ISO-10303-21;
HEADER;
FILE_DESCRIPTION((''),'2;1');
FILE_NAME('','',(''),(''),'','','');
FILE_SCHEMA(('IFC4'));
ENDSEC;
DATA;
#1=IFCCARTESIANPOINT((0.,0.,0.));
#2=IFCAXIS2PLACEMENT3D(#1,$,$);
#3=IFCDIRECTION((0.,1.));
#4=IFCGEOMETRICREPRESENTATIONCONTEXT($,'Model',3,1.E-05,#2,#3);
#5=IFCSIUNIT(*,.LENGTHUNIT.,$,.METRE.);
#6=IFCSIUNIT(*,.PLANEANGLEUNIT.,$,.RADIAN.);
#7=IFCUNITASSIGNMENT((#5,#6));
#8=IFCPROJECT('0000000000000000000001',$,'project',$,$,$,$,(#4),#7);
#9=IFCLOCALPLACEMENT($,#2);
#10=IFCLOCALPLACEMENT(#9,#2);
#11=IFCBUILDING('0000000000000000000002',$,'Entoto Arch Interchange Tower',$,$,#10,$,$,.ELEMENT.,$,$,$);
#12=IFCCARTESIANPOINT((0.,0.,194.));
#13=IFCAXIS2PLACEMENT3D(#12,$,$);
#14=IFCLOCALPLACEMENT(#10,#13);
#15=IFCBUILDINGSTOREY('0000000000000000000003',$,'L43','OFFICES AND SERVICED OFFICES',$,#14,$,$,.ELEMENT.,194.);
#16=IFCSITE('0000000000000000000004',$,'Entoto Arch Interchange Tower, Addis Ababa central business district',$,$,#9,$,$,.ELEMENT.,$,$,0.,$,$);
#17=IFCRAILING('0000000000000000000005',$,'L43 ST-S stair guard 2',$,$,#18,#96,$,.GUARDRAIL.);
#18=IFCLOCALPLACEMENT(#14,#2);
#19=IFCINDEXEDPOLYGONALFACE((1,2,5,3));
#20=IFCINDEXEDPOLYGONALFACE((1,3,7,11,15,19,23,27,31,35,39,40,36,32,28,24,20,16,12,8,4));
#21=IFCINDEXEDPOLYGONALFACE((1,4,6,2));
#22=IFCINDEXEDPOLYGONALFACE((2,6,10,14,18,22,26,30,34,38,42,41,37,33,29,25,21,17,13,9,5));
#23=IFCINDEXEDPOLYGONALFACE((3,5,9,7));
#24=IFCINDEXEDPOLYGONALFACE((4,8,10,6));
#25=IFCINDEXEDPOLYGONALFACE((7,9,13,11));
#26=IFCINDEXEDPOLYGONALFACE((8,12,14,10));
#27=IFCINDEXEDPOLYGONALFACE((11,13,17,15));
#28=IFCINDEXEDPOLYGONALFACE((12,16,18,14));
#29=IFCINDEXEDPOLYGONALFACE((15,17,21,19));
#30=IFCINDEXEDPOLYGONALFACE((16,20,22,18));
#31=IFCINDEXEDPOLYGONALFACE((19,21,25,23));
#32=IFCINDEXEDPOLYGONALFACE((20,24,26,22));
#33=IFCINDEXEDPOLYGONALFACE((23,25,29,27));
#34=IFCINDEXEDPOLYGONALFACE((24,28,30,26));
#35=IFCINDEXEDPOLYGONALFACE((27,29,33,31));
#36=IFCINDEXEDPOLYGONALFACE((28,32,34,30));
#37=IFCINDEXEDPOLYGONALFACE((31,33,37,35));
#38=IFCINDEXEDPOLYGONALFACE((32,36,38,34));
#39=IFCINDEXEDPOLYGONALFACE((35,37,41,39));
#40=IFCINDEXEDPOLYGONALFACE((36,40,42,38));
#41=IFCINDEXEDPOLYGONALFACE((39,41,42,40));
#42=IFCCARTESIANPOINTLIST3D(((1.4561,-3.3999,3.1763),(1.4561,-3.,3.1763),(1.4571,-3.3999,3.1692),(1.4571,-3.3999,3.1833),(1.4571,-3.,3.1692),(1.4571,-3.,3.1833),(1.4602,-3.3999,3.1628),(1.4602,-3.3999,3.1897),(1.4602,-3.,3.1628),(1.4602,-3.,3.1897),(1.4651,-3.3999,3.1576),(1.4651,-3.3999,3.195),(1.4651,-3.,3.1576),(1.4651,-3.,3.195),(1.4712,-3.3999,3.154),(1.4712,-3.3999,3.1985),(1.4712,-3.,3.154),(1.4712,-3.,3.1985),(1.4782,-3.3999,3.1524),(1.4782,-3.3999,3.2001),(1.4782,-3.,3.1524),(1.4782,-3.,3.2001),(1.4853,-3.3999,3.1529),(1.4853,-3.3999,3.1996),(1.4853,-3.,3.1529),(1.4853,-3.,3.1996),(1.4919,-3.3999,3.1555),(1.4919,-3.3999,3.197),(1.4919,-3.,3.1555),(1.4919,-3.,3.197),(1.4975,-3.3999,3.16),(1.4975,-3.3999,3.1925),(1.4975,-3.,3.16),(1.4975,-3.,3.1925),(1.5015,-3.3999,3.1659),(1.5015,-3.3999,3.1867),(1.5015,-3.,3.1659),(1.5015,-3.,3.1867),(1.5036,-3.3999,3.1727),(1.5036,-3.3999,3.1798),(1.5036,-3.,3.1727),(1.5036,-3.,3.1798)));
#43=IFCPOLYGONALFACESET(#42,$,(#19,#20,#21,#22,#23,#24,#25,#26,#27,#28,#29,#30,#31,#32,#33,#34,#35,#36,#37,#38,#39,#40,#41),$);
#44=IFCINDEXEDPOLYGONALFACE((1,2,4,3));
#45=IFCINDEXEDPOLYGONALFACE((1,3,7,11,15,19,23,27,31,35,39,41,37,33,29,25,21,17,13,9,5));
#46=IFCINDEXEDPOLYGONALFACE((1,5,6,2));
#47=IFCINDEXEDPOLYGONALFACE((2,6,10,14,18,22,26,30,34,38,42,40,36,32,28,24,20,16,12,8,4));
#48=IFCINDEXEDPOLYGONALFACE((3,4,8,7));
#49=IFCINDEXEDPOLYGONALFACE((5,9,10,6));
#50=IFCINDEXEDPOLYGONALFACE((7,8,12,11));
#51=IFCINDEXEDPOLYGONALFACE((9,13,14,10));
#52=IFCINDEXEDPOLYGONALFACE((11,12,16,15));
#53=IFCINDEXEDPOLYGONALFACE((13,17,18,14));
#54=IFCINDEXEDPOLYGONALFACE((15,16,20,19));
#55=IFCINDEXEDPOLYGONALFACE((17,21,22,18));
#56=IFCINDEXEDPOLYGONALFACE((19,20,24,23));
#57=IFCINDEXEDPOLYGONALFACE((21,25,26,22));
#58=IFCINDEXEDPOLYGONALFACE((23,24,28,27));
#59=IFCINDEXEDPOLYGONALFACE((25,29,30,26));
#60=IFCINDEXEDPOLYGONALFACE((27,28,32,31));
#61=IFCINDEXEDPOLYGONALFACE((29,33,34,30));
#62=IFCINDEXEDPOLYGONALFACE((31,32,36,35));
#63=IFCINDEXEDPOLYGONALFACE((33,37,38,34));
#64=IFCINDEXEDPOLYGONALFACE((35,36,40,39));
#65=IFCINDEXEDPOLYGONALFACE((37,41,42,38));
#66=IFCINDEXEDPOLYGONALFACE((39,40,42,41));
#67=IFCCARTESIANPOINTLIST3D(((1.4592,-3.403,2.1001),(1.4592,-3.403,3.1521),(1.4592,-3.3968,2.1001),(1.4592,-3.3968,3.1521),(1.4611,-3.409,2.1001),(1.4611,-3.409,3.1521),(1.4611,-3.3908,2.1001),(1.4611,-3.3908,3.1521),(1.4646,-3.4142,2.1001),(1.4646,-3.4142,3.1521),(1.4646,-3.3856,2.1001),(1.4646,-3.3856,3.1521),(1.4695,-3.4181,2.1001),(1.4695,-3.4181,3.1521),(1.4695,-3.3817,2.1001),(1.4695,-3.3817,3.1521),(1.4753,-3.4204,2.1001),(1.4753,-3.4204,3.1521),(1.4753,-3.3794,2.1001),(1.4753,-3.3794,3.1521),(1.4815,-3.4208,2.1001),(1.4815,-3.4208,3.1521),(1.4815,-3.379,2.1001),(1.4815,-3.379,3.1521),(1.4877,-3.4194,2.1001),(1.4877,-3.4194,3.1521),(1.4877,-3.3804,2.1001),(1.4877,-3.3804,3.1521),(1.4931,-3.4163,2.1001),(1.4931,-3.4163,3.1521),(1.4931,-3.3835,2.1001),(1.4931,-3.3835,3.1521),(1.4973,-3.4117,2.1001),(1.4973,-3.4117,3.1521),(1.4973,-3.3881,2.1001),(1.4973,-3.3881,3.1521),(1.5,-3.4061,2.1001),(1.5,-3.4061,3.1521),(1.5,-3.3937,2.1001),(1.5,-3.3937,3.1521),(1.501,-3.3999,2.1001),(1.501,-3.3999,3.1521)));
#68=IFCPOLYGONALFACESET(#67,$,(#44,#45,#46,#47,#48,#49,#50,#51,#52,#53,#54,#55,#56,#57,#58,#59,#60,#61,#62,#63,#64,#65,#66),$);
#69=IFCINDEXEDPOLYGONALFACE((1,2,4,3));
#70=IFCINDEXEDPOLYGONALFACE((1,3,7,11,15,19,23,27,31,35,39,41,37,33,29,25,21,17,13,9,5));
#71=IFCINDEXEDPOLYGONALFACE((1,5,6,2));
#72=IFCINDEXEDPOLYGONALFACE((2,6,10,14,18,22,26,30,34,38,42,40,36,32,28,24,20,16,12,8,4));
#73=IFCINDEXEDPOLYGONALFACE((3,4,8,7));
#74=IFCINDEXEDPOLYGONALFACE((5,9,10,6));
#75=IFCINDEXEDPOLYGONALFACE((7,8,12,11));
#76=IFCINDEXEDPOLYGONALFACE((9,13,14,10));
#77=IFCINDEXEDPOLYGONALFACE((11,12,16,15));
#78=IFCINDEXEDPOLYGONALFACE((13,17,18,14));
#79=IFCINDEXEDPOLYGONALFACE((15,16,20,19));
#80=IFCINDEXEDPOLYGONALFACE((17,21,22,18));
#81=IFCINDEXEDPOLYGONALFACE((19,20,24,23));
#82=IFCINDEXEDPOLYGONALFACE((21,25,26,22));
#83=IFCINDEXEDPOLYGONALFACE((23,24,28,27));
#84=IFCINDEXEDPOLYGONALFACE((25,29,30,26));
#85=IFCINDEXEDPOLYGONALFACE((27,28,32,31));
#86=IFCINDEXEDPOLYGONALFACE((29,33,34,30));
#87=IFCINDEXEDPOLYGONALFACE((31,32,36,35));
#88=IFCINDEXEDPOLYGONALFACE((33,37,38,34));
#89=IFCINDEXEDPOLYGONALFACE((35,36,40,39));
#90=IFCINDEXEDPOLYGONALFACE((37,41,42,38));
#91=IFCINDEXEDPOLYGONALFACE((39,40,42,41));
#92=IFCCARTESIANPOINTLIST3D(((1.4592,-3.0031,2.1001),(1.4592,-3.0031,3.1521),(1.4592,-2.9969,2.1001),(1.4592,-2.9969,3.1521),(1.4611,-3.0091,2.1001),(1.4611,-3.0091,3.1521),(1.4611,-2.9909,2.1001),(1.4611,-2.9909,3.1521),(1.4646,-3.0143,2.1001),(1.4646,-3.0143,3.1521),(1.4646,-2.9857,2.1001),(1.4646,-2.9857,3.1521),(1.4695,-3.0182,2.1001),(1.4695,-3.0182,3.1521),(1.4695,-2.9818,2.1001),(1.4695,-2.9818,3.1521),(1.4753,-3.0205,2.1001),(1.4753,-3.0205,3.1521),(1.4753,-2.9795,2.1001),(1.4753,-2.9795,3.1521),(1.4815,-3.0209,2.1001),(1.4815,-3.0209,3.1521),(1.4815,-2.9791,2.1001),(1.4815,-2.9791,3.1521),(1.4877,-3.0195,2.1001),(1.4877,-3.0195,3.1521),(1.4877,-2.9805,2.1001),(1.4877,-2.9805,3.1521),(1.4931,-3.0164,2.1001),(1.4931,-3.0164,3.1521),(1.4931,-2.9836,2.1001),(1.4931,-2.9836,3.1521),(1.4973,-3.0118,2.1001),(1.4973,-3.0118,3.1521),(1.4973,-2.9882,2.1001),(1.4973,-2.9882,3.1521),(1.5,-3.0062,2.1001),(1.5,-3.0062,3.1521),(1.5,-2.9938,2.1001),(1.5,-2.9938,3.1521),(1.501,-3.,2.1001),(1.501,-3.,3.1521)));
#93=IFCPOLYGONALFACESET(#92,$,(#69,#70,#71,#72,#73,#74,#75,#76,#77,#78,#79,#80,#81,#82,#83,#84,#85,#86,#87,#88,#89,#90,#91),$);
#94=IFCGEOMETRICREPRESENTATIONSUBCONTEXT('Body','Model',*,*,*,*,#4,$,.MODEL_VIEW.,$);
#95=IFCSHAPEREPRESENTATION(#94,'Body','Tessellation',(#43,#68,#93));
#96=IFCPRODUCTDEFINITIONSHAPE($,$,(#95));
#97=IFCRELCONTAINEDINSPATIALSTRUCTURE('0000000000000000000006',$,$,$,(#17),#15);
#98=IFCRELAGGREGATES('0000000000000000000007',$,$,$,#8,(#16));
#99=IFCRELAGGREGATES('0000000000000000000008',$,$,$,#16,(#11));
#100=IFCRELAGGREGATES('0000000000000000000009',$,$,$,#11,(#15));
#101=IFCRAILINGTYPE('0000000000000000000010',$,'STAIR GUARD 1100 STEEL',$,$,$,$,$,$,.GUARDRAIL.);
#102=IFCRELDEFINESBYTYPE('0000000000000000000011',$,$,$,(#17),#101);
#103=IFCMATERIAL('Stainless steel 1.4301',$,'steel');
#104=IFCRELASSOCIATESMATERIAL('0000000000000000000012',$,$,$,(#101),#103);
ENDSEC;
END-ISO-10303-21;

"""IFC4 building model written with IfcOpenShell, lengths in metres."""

from ifc_helpers import new_model, si_unit, direction, frame, origin, origin_2d, place, context, subcontext, project, spatial, circle, extrude, material, type_object, element, save


model = new_model("IFC4")

# Units and contexts
model_context = context("Model", 3, precision=1e-05, world=origin(), true_north=direction((0.0, 1.0)))
body_context = subcontext(model_context, "Body", "Model", "MODEL_VIEW")
ifc_project = project(units=[si_unit("LENGTHUNIT", "METRE"), si_unit("PLANEANGLEUNIT", "RADIAN")], contexts=[model_context])

# Site, building, storey
site_placement = place(None, origin())
site = spatial("IfcSite", under=ifc_project, at=site_placement, Name="Entoto Arch Interchange Tower, Addis Ababa central business district", CompositionType="ELEMENT", RefElevation=0.0)
building_placement = place(site_placement, origin())
building = spatial("IfcBuilding", under=site, at=building_placement, Name="Entoto Arch Interchange Tower", CompositionType="ELEMENT")
storey_placement = place(building_placement, frame((0.0, 0.0, 194.0)))
storey = spatial("IfcBuildingStorey", under=building, at=storey_placement, Name="L43", Description="OFFICES AND SERVICED OFFICES", CompositionType="ELEMENT", Elevation=194.0)

# Railing
ifc_material_1 = material(Name="Stainless steel 1.4301", Category="steel")
railing_type_1 = type_object("IfcRailingType", Name="STAIR GUARD 1100 STEEL", PredefinedType="GUARDRAIL", material=ifc_material_1)
railing_1_placement = place(storey_placement, frame((1.48, -3.3999, 2.1001)))
element("IfcRailing", 1, at=railing_1_placement, inside=storey, type_object=railing_type_1, Name="L43 ST-S stair guard 2", PredefinedType="GUARDRAIL", context=body_context, shape_type="SweptSolid", body=[
    extrude(circle(Radius=0.0239, at=origin_2d()), frame((0.0, 0.0, 1.0762), z_axis=(0.0, 1.0, 0.0), x_axis=(-1.0, 0.0, 0.0)), (0.0, 0.0, 1.0), 0.3999),
    extrude(circle(Radius=0.021, at=origin_2d()), origin(), (0.0, 0.0, 1.0), 1.052),
    extrude(circle(Radius=0.021, at=origin_2d()), frame((0.0, 0.3999, 0.0)), (0.0, 0.0, 1.0), 1.052),
])

save(model, "model.ifc")
